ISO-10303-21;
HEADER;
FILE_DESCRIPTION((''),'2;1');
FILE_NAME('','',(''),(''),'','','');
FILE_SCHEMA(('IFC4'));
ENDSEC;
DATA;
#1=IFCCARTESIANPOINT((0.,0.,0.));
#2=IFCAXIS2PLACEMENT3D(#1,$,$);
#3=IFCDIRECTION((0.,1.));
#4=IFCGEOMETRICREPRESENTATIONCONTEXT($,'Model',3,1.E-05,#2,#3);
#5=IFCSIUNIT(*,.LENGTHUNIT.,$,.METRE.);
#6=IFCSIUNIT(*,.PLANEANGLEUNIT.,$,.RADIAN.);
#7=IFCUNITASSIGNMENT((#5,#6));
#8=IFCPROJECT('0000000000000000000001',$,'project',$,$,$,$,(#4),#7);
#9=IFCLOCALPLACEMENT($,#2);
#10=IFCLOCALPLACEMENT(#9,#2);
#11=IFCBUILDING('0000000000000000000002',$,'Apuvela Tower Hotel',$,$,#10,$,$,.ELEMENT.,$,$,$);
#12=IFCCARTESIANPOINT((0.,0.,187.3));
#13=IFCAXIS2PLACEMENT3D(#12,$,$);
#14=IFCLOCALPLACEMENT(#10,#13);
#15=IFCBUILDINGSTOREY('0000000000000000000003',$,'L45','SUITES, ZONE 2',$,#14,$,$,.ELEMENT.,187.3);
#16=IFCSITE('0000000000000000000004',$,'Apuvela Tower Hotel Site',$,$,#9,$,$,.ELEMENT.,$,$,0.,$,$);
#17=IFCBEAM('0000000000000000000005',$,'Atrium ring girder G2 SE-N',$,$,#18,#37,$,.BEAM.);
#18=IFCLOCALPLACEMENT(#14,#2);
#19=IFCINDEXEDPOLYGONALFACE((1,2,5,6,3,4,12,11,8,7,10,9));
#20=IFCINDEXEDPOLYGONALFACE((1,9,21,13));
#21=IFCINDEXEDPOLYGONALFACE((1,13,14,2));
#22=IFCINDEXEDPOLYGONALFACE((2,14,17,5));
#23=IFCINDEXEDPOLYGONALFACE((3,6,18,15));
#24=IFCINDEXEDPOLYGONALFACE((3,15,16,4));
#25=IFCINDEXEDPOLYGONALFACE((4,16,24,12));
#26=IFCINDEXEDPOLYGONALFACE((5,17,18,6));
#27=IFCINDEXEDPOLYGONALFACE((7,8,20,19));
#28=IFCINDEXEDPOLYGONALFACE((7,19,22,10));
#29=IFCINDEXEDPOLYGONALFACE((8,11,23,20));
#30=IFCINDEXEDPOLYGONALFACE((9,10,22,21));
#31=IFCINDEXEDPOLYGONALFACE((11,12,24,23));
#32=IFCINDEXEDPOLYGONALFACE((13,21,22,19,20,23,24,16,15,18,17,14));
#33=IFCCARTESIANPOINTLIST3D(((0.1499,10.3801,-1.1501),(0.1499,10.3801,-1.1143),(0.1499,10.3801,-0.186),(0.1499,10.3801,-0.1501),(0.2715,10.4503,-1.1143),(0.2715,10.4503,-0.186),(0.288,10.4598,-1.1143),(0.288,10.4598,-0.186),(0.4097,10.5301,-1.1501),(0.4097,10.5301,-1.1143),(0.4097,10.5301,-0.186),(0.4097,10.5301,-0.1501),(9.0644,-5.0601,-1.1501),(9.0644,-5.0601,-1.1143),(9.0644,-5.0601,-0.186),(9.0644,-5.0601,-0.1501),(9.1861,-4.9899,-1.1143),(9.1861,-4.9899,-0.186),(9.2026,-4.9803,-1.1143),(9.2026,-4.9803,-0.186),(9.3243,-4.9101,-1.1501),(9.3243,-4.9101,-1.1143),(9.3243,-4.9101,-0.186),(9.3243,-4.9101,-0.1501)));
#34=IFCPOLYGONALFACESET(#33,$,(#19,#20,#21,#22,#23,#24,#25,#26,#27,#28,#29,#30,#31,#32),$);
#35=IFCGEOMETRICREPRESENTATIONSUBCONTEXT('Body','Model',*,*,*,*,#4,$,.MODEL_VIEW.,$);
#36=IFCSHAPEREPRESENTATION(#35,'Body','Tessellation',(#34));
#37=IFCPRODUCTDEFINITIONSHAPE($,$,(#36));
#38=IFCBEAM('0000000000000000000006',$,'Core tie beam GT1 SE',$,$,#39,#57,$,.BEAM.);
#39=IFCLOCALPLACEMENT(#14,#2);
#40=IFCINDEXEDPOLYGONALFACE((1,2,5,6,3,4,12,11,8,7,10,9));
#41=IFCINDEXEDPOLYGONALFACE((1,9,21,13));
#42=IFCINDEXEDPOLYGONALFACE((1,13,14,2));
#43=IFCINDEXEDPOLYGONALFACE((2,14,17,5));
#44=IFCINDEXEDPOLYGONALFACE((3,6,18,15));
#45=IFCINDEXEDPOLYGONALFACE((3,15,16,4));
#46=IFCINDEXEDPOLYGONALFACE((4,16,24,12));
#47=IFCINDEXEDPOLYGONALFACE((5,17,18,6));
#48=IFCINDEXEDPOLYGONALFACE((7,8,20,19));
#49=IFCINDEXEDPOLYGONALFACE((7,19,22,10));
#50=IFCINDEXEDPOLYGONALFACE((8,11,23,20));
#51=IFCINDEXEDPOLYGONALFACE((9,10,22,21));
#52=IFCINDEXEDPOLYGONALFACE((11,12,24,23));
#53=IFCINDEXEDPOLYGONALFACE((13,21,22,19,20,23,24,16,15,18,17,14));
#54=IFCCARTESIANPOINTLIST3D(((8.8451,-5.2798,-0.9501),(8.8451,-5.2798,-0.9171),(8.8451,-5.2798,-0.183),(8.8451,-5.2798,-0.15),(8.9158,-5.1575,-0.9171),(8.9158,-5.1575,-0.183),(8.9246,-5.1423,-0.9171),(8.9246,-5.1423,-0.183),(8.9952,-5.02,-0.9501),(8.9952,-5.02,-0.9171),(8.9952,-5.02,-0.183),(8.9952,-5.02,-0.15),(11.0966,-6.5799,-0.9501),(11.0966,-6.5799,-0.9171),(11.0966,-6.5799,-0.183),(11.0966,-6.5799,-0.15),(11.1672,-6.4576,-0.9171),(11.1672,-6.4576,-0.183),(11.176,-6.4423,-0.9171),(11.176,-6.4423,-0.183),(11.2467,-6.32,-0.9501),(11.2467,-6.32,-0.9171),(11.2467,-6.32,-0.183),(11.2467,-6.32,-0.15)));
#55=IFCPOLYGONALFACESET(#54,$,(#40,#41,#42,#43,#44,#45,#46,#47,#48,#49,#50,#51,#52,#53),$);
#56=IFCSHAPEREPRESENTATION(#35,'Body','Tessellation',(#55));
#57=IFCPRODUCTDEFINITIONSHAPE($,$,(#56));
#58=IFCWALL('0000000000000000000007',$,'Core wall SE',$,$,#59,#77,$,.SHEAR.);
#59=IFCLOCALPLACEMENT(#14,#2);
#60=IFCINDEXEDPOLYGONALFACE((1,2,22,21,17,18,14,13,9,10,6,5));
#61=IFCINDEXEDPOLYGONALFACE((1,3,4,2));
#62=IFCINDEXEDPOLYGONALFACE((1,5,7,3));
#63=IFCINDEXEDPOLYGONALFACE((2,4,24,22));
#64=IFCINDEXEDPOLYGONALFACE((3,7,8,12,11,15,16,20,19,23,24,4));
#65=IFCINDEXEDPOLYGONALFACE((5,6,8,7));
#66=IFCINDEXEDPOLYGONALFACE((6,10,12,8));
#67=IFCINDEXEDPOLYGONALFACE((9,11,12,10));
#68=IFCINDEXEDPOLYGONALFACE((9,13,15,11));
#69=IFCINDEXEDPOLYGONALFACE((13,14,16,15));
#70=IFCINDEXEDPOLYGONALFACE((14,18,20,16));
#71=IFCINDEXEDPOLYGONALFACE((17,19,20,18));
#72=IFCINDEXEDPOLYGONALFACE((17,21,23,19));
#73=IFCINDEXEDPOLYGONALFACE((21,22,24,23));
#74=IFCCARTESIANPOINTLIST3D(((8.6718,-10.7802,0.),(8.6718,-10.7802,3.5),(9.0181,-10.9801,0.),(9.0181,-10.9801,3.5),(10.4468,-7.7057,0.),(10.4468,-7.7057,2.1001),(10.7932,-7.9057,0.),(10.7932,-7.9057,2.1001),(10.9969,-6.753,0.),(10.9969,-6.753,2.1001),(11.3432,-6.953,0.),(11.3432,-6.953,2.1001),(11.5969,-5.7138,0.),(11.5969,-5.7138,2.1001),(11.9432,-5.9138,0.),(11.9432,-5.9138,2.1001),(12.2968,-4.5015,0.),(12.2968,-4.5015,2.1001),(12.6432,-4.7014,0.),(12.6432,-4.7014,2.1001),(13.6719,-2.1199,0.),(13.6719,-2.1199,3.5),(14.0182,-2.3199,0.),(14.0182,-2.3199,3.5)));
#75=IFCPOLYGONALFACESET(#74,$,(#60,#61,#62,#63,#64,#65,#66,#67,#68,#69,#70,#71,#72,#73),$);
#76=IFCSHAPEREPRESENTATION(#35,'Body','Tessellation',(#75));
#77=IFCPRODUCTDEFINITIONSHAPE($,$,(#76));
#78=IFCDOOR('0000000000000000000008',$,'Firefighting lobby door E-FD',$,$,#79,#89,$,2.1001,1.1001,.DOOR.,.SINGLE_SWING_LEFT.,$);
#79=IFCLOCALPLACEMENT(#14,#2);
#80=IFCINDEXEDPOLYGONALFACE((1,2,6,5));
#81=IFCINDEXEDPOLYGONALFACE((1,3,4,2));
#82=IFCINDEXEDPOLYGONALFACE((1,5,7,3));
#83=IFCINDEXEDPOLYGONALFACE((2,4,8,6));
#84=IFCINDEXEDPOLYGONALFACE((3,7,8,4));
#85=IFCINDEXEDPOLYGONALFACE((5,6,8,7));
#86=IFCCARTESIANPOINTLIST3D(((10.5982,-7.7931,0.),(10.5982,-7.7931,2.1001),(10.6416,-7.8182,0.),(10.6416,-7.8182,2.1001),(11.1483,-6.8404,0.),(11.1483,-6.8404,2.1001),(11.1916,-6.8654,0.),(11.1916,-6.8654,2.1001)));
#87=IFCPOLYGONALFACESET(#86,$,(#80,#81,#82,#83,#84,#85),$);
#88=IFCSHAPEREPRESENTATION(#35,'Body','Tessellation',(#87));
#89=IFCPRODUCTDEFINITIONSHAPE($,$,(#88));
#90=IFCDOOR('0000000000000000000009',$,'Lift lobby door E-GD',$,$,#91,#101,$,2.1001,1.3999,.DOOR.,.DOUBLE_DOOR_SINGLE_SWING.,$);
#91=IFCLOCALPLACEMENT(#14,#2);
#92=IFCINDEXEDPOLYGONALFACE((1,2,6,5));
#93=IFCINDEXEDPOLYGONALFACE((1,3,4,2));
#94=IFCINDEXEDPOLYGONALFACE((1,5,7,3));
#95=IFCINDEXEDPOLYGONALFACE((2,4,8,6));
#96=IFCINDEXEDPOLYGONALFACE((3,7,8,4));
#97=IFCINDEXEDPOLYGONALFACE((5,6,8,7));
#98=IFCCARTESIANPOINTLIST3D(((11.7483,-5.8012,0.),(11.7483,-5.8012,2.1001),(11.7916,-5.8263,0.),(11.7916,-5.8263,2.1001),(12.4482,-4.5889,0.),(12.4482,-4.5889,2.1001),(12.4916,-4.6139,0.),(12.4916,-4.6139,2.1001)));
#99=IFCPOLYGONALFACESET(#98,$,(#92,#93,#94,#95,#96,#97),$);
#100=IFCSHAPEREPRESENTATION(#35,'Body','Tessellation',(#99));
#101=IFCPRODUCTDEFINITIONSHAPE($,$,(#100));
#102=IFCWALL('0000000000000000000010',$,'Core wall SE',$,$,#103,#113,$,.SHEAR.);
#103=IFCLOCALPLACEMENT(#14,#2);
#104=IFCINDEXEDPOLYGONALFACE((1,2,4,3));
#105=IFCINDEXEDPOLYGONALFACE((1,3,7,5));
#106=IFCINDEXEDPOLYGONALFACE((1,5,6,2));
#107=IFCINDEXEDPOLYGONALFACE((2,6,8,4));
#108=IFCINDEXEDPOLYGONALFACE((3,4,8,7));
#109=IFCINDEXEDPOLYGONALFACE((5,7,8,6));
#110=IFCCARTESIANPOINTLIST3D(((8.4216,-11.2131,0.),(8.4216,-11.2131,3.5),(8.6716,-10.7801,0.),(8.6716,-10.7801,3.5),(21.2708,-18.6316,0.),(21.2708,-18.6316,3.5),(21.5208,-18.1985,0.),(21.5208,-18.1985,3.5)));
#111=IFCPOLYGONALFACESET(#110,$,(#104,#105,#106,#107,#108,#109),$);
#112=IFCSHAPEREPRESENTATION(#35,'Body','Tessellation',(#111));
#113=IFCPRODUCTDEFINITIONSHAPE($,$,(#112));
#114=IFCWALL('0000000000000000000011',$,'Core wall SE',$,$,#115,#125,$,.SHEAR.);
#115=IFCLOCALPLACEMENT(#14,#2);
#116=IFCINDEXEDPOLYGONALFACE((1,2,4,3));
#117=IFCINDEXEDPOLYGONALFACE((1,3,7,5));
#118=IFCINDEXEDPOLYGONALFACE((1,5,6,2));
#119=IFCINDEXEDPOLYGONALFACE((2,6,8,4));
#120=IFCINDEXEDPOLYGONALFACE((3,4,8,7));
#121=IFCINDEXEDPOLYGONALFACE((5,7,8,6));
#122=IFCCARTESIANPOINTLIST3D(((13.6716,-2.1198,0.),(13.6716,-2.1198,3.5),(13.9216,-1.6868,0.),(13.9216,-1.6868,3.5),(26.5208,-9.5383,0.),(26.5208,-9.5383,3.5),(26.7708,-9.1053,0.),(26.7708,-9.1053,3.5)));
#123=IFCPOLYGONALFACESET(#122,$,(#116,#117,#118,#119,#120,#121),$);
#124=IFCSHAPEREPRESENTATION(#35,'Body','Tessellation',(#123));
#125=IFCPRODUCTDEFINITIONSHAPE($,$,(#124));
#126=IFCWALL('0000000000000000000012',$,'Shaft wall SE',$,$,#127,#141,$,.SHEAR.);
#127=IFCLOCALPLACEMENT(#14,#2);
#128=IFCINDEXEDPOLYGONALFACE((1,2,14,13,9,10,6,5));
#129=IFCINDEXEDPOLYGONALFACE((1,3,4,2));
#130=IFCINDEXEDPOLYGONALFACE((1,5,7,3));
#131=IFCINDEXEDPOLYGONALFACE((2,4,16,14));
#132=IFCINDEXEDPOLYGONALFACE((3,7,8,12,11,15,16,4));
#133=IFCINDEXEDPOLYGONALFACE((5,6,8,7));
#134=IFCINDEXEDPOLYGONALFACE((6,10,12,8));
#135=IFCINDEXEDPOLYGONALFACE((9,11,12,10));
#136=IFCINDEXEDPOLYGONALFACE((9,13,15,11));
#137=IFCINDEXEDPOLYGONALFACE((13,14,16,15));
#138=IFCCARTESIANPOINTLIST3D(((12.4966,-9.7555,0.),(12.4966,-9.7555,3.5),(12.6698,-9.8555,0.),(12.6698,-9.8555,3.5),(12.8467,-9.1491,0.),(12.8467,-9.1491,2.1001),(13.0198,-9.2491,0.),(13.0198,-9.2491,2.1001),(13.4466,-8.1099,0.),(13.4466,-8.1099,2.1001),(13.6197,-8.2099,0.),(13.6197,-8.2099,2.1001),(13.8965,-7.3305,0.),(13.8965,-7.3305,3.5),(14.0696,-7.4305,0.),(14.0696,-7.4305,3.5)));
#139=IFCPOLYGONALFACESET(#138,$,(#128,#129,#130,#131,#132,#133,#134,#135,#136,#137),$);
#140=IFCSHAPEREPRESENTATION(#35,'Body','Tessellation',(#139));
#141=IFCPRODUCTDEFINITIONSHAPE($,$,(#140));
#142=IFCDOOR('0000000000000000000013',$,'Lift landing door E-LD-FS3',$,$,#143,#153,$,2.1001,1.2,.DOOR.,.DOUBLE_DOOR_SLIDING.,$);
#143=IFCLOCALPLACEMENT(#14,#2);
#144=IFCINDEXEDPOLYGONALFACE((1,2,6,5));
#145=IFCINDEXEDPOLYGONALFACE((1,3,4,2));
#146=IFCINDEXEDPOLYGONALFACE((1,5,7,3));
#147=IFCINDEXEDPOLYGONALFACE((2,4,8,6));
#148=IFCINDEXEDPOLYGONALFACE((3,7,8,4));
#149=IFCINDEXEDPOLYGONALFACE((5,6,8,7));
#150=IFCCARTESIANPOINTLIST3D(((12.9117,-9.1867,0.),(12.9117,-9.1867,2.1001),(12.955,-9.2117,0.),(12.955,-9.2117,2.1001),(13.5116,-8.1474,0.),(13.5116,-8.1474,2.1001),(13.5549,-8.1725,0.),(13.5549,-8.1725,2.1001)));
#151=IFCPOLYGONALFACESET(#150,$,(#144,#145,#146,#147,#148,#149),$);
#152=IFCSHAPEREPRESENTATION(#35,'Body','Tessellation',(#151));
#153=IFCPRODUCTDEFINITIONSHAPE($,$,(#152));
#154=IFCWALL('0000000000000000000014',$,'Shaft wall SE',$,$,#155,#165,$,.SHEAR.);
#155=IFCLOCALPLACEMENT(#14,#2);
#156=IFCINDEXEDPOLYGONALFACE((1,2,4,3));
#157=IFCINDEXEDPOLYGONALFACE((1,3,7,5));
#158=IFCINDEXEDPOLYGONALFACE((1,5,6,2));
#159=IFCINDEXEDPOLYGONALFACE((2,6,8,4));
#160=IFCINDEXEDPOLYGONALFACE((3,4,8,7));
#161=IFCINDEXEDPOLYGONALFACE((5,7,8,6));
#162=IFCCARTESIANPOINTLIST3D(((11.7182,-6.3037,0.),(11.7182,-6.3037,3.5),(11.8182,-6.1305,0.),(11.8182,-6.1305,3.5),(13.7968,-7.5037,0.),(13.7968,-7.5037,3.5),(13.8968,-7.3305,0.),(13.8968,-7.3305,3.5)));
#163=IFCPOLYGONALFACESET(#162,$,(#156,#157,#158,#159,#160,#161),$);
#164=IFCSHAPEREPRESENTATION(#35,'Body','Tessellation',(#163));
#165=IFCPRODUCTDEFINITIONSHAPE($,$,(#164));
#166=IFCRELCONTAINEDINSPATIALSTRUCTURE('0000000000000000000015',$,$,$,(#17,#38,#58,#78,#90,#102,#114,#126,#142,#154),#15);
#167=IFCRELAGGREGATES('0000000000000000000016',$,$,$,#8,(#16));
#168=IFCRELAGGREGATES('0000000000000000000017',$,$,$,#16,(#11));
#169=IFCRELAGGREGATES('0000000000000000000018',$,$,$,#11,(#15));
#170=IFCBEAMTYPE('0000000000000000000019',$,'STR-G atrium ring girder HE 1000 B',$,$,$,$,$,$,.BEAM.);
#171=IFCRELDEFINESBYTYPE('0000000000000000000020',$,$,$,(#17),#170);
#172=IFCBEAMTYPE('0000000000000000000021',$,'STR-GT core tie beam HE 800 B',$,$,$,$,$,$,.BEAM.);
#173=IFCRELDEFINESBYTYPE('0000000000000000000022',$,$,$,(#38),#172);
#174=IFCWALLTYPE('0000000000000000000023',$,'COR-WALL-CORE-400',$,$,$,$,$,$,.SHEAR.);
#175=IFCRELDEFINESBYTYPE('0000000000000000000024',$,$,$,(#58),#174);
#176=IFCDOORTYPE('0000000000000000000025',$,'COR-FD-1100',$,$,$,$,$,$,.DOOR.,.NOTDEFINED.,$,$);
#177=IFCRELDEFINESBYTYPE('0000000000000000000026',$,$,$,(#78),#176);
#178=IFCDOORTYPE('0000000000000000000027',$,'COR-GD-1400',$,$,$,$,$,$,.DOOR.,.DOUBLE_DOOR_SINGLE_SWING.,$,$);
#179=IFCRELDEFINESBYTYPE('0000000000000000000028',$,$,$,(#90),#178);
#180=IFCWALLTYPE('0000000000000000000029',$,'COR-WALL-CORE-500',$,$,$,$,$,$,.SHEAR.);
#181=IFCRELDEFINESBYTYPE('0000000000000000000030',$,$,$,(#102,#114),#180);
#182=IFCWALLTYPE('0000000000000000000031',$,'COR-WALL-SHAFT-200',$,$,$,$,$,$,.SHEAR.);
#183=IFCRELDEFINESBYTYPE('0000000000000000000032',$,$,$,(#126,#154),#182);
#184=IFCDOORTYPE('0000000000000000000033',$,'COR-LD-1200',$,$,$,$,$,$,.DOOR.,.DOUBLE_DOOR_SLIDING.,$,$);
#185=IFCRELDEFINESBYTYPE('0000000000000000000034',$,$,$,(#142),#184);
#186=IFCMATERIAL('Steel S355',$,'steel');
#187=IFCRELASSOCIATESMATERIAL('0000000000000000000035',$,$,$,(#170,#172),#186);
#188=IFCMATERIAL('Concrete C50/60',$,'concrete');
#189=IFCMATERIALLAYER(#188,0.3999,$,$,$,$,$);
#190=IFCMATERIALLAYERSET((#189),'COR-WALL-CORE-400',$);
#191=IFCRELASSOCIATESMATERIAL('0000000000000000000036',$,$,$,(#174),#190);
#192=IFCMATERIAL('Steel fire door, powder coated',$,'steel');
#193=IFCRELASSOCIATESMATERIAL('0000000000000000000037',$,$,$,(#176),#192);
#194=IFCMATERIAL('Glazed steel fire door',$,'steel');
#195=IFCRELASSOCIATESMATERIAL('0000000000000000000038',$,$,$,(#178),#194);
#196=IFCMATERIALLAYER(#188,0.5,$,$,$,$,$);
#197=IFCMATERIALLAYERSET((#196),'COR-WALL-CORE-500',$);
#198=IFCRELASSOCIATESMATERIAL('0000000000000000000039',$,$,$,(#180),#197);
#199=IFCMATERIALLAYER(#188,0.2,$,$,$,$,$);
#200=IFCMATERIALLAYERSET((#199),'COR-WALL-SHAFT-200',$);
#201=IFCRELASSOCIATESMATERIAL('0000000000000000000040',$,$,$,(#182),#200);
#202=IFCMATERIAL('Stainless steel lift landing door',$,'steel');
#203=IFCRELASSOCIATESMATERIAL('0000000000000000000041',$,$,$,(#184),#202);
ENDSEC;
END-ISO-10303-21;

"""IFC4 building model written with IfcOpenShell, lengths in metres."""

from ifc_helpers import new_model, si_unit, direction, frame, frame_2d, origin, origin_2d, place, context, subcontext, project, spatial, rectangle, i_section, extrude, material, layer, layer_set, material_profile, profile_set, type_object, element, fill, save


model = new_model("IFC4")

# Units and contexts
model_context = context("Model", 3, precision=1e-05, world=origin(), true_north=direction((0.0, 1.0)))
body_context = subcontext(model_context, "Body", "Model", "MODEL_VIEW")
ifc_project = project(units=[si_unit("LENGTHUNIT", "METRE"), si_unit("PLANEANGLEUNIT", "RADIAN")], contexts=[model_context])

# Site, building, storey
site_placement = place(None, origin())
site = spatial("IfcSite", under=ifc_project, at=site_placement, Name="Apuvela Tower Hotel Site", CompositionType="ELEMENT", RefElevation=0.0)
building_placement = place(site_placement, origin())
building = spatial("IfcBuilding", under=site, at=building_placement, Name="Apuvela Tower Hotel", CompositionType="ELEMENT")
storey_placement = place(building_placement, frame((0.0, 0.0, 187.3)))
storey = spatial("IfcBuildingStorey", under=building, at=storey_placement, Name="L45", Description="SUITES, ZONE 2", CompositionType="ELEMENT", Elevation=187.3)

# Beams
ifc_material_1 = material(Name="Steel S355", Category="steel")
ifc_material_profile_1 = material_profile(ifc_material_1, i_section(OverallWidth=0.3, OverallDepth=1.0, WebThickness=0.019, FlangeThickness=0.0359, at=origin_2d()), Name="HE 1000 B")
ifc_profile_set_1 = profile_set([ifc_material_profile_1], Name="Steel S355")
beam_type_1 = type_object("IfcBeamType", Name="STR-G atrium ring girder HE 1000 B", PredefinedType="BEAM", material=ifc_profile_set_1)
beam_1_placement = place(storey_placement, frame((9.1943, -4.9851, -0.6501), z_axis=(-0.500007, 0.866022, 0.0), x_axis=(-0.866022, -0.500007, 0.0)))
element("IfcBeam", 1, at=beam_1_placement, inside=storey, type_object=beam_type_1, Name="Atrium ring girder G2 SE-N", PredefinedType="BEAM", context=body_context, shape_type="SweptSolid", body=[
    extrude(i_section(OverallWidth=0.3, OverallDepth=1.0, WebThickness=0.019, FlangeThickness=0.0359, at=origin_2d()), origin(), (0.0, 0.0, 1.0), 17.8289),
])
ifc_material_profile_2 = material_profile(ifc_material_1, i_section(OverallWidth=0.3, OverallDepth=0.8, WebThickness=0.0176, FlangeThickness=0.033, at=origin_2d()), Name="HE 800 B")
ifc_profile_set_2 = profile_set([ifc_material_profile_2], Name="Steel S355")
beam_type_2 = type_object("IfcBeamType", Name="STR-GT core tie beam HE 800 B", PredefinedType="BEAM", material=ifc_profile_set_2)
beam_2_placement = place(storey_placement, frame((11.1716, -6.45, -0.55), z_axis=(-0.865998, 0.500048, 0.0), x_axis=(-0.500048, -0.865998, 0.0)))
element("IfcBeam", 2, at=beam_2_placement, inside=storey, type_object=beam_type_2, Name="Core tie beam GT1 SE", PredefinedType="BEAM", context=body_context, shape_type="SweptSolid", body=[
    extrude(i_section(OverallWidth=0.3, OverallDepth=0.8, WebThickness=0.0176, FlangeThickness=0.033, at=origin_2d()), origin(), (0.0, 0.0, 1.0), 2.5999),
])

# Wall, openings, doors
ifc_material_2 = material(Name="Concrete C50/60", Category="concrete")
ifc_layer_1 = layer(ifc_material_2, 0.3999)
ifc_layer_set_1 = layer_set([ifc_layer_1], Name="COR-WALL-CORE-400")
wall_type_1 = type_object("IfcWallType", Name="COR-WALL-CORE-400", PredefinedType="SHEAR", material=ifc_layer_set_1)
wall_1_placement = place(storey_placement, frame((8.845, -10.8801, 0.0), z_axis=(0.0, 0.0, 1.0), x_axis=(0.500004, 0.866023, 0.0)))
wall_1 = element("IfcWall", 3, at=wall_1_placement, inside=storey, type_object=wall_type_1, Name="Core wall SE", PredefinedType="SHEAR", context=body_context, shape_type="SweptSolid", body=[
    extrude(rectangle(XDim=10.0, YDim=0.3999, at=frame_2d((5.0, 0.0))), origin(), (0.0, 0.0, 1.0), 3.5),
])
opening_1_placement = place(wall_1_placement, frame((3.55, 0.0, 0.0)))
opening_1 = element("IfcOpeningElement", 4, at=opening_1_placement, cuts=wall_1, PredefinedType="OPENING", context=body_context, shape_type="SweptSolid", body=[
    extrude(rectangle(XDim=1.1001, YDim=2.1001, at=frame_2d((0.55, 1.05))), frame((0.0, 0.21, 0.0), z_axis=(0.0, -1.0, 0.0), x_axis=(1.0, 0.0, 0.0)), (0.0, 0.0, 1.0), 0.4199),
])
opening_2_placement = place(wall_1_placement, frame((5.8501, 0.0, 0.0)))
opening_2 = element("IfcOpeningElement", 5, at=opening_2_placement, cuts=wall_1, PredefinedType="OPENING", context=body_context, shape_type="SweptSolid", body=[
    extrude(rectangle(XDim=1.3999, YDim=2.1001, at=frame_2d((0.7, 1.05))), frame((0.0, 0.21, 0.0), z_axis=(0.0, -1.0, 0.0), x_axis=(1.0, 0.0, 0.0)), (0.0, 0.0, 1.0), 0.4199),
])
ifc_material_3 = material(Name="Steel fire door, powder coated", Category="steel")
door_type_1 = type_object("IfcDoorType", Name="COR-FD-1100", OperationType="NOTDEFINED", PredefinedType="DOOR", material=ifc_material_3)
door_1_placement = place(opening_1_placement, frame((1.1001, 0.0, 0.0), z_axis=(0.0, 0.0, 1.0), x_axis=(-1.0, 0.0, 0.0)))
door_1 = element("IfcDoor", 6, at=door_1_placement, inside=storey, type_object=door_type_1, Name="Firefighting lobby door E-FD", OperationType="SINGLE_SWING_LEFT", OverallHeight=2.1001, OverallWidth=1.1001, PredefinedType="DOOR", context=body_context, shape_type="SweptSolid", body=[
    extrude(rectangle(XDim=1.1001, YDim=2.1001, at=frame_2d((0.55, 1.05))), frame((0.0, 0.0249, 0.0), z_axis=(0.0, -1.0, 0.0), x_axis=(1.0, 0.0, 0.0)), (0.0, 0.0, 1.0), 0.05),
])
fill(opening_1, door_1)
ifc_material_4 = material(Name="Glazed steel fire door", Category="steel")
door_type_2 = type_object("IfcDoorType", Name="COR-GD-1400", OperationType="DOUBLE_DOOR_SINGLE_SWING", PredefinedType="DOOR", material=ifc_material_4)
door_2_placement = place(opening_2_placement, frame((1.3999, 0.0, 0.0), z_axis=(0.0, 0.0, 1.0), x_axis=(-1.0, 0.0, 0.0)))
door_2 = element("IfcDoor", 7, at=door_2_placement, inside=storey, type_object=door_type_2, Name="Lift lobby door E-GD", OperationType="DOUBLE_DOOR_SINGLE_SWING", OverallHeight=2.1001, OverallWidth=1.3999, PredefinedType="DOOR", context=body_context, shape_type="SweptSolid", body=[
    extrude(rectangle(XDim=1.3999, YDim=2.1001, at=frame_2d((0.7, 1.05))), frame((0.0, 0.0249, 0.0), z_axis=(0.0, -1.0, 0.0), x_axis=(1.0, 0.0, 0.0)), (0.0, 0.0, 1.0), 0.05),
])
fill(opening_2, door_2)

# Walls
ifc_layer_2 = layer(ifc_material_2, 0.5)
ifc_layer_set_2 = layer_set([ifc_layer_2], Name="COR-WALL-CORE-500")
wall_type_2 = type_object("IfcWallType", Name="COR-WALL-CORE-500", PredefinedType="SHEAR", material=ifc_layer_set_2)
for number, where, z_axis, x_axis, name in (
    (8, (8.5466, -10.9966, 0.0), (0.0, 0.0, 1.0), (0.866025, -0.500001, 0.0), "Core wall SE"),
    (9, (13.7966, -1.9033, 0.0), (0.0, 0.0, 1.0), (0.866025, -0.500001, 0.0), "Core wall SE"),
):
    element("IfcWall", number, at=place(storey_placement, frame(where, z_axis=z_axis, x_axis=x_axis)), inside=storey, type_object=wall_type_2, Name=name, PredefinedType="SHEAR", context=body_context, shape_type="SweptSolid", body=[
        extrude(rectangle(XDim=14.8369, YDim=0.5, at=frame_2d((7.4185, 0.0))), origin(), (0.0, 0.0, 1.0), 3.5),
    ])

# Wall, opening, door
ifc_layer_3 = layer(ifc_material_2, 0.2)
ifc_layer_set_3 = layer_set([ifc_layer_3], Name="COR-WALL-SHAFT-200")
wall_type_3 = type_object("IfcWallType", Name="COR-WALL-SHAFT-200", PredefinedType="SHEAR", material=ifc_layer_set_3)
wall_2_placement = place(storey_placement, frame((12.5833, -9.8054, 0.0), z_axis=(0.0, 0.0, 1.0), x_axis=(0.499946, 0.866056, 0.0)))
wall_2 = element("IfcWall", 10, at=wall_2_placement, inside=storey, type_object=wall_type_3, Name="Shaft wall SE", PredefinedType="SHEAR", context=body_context, shape_type="SweptSolid", body=[
    extrude(rectangle(XDim=2.8, YDim=0.2, at=frame_2d((1.3999, 0.0))), origin(), (0.0, 0.0, 1.0), 3.5),
])
opening_3_placement = place(wall_2_placement, frame((0.7, 0.0, 0.0)))
opening_3 = element("IfcOpeningElement", 11, at=opening_3_placement, cuts=wall_2, PredefinedType="OPENING", context=body_context, shape_type="SweptSolid", body=[
    extrude(rectangle(XDim=1.2, YDim=2.1001, at=frame_2d((0.6001, 1.05))), frame((0.0, 0.1099, 0.0), z_axis=(0.0, -1.0, 0.0), x_axis=(1.0, 0.0, 0.0)), (0.0, 0.0, 1.0), 0.22),
])
ifc_material_5 = material(Name="Stainless steel lift landing door", Category="steel")
door_type_3 = type_object("IfcDoorType", Name="COR-LD-1200", OperationType="DOUBLE_DOOR_SLIDING", PredefinedType="DOOR", material=ifc_material_5)
door_3_placement = place(opening_3_placement, origin())
door_3 = element("IfcDoor", 12, at=door_3_placement, inside=storey, type_object=door_type_3, Name="Lift landing door E-LD-FS3", OperationType="DOUBLE_DOOR_SLIDING", OverallHeight=2.1001, OverallWidth=1.2, PredefinedType="DOOR", context=body_context, shape_type="SweptSolid", body=[
    extrude(rectangle(XDim=1.2, YDim=2.1001, at=frame_2d((0.6001, 1.05))), frame((0.0, 0.0249, 0.0), z_axis=(0.0, -1.0, 0.0), x_axis=(1.0, 0.0, 0.0)), (0.0, 0.0, 1.0), 0.05),
])
fill(opening_3, door_3)

# Wall
wall_3_placement = place(storey_placement, frame((11.7681, -6.217, 0.0), z_axis=(0.0, 0.0, 1.0), x_axis=(0.86605, -0.499957, 0.0)))
element("IfcWall", 13, at=wall_3_placement, inside=storey, type_object=wall_type_3, Name="Shaft wall SE", PredefinedType="SHEAR", context=body_context, shape_type="SweptSolid", body=[
    extrude(rectangle(XDim=2.4001, YDim=0.2, at=frame_2d((1.2002, 0.0))), origin(), (0.0, 0.0, 1.0), 3.5),
])

save(model, "model.ifc")
